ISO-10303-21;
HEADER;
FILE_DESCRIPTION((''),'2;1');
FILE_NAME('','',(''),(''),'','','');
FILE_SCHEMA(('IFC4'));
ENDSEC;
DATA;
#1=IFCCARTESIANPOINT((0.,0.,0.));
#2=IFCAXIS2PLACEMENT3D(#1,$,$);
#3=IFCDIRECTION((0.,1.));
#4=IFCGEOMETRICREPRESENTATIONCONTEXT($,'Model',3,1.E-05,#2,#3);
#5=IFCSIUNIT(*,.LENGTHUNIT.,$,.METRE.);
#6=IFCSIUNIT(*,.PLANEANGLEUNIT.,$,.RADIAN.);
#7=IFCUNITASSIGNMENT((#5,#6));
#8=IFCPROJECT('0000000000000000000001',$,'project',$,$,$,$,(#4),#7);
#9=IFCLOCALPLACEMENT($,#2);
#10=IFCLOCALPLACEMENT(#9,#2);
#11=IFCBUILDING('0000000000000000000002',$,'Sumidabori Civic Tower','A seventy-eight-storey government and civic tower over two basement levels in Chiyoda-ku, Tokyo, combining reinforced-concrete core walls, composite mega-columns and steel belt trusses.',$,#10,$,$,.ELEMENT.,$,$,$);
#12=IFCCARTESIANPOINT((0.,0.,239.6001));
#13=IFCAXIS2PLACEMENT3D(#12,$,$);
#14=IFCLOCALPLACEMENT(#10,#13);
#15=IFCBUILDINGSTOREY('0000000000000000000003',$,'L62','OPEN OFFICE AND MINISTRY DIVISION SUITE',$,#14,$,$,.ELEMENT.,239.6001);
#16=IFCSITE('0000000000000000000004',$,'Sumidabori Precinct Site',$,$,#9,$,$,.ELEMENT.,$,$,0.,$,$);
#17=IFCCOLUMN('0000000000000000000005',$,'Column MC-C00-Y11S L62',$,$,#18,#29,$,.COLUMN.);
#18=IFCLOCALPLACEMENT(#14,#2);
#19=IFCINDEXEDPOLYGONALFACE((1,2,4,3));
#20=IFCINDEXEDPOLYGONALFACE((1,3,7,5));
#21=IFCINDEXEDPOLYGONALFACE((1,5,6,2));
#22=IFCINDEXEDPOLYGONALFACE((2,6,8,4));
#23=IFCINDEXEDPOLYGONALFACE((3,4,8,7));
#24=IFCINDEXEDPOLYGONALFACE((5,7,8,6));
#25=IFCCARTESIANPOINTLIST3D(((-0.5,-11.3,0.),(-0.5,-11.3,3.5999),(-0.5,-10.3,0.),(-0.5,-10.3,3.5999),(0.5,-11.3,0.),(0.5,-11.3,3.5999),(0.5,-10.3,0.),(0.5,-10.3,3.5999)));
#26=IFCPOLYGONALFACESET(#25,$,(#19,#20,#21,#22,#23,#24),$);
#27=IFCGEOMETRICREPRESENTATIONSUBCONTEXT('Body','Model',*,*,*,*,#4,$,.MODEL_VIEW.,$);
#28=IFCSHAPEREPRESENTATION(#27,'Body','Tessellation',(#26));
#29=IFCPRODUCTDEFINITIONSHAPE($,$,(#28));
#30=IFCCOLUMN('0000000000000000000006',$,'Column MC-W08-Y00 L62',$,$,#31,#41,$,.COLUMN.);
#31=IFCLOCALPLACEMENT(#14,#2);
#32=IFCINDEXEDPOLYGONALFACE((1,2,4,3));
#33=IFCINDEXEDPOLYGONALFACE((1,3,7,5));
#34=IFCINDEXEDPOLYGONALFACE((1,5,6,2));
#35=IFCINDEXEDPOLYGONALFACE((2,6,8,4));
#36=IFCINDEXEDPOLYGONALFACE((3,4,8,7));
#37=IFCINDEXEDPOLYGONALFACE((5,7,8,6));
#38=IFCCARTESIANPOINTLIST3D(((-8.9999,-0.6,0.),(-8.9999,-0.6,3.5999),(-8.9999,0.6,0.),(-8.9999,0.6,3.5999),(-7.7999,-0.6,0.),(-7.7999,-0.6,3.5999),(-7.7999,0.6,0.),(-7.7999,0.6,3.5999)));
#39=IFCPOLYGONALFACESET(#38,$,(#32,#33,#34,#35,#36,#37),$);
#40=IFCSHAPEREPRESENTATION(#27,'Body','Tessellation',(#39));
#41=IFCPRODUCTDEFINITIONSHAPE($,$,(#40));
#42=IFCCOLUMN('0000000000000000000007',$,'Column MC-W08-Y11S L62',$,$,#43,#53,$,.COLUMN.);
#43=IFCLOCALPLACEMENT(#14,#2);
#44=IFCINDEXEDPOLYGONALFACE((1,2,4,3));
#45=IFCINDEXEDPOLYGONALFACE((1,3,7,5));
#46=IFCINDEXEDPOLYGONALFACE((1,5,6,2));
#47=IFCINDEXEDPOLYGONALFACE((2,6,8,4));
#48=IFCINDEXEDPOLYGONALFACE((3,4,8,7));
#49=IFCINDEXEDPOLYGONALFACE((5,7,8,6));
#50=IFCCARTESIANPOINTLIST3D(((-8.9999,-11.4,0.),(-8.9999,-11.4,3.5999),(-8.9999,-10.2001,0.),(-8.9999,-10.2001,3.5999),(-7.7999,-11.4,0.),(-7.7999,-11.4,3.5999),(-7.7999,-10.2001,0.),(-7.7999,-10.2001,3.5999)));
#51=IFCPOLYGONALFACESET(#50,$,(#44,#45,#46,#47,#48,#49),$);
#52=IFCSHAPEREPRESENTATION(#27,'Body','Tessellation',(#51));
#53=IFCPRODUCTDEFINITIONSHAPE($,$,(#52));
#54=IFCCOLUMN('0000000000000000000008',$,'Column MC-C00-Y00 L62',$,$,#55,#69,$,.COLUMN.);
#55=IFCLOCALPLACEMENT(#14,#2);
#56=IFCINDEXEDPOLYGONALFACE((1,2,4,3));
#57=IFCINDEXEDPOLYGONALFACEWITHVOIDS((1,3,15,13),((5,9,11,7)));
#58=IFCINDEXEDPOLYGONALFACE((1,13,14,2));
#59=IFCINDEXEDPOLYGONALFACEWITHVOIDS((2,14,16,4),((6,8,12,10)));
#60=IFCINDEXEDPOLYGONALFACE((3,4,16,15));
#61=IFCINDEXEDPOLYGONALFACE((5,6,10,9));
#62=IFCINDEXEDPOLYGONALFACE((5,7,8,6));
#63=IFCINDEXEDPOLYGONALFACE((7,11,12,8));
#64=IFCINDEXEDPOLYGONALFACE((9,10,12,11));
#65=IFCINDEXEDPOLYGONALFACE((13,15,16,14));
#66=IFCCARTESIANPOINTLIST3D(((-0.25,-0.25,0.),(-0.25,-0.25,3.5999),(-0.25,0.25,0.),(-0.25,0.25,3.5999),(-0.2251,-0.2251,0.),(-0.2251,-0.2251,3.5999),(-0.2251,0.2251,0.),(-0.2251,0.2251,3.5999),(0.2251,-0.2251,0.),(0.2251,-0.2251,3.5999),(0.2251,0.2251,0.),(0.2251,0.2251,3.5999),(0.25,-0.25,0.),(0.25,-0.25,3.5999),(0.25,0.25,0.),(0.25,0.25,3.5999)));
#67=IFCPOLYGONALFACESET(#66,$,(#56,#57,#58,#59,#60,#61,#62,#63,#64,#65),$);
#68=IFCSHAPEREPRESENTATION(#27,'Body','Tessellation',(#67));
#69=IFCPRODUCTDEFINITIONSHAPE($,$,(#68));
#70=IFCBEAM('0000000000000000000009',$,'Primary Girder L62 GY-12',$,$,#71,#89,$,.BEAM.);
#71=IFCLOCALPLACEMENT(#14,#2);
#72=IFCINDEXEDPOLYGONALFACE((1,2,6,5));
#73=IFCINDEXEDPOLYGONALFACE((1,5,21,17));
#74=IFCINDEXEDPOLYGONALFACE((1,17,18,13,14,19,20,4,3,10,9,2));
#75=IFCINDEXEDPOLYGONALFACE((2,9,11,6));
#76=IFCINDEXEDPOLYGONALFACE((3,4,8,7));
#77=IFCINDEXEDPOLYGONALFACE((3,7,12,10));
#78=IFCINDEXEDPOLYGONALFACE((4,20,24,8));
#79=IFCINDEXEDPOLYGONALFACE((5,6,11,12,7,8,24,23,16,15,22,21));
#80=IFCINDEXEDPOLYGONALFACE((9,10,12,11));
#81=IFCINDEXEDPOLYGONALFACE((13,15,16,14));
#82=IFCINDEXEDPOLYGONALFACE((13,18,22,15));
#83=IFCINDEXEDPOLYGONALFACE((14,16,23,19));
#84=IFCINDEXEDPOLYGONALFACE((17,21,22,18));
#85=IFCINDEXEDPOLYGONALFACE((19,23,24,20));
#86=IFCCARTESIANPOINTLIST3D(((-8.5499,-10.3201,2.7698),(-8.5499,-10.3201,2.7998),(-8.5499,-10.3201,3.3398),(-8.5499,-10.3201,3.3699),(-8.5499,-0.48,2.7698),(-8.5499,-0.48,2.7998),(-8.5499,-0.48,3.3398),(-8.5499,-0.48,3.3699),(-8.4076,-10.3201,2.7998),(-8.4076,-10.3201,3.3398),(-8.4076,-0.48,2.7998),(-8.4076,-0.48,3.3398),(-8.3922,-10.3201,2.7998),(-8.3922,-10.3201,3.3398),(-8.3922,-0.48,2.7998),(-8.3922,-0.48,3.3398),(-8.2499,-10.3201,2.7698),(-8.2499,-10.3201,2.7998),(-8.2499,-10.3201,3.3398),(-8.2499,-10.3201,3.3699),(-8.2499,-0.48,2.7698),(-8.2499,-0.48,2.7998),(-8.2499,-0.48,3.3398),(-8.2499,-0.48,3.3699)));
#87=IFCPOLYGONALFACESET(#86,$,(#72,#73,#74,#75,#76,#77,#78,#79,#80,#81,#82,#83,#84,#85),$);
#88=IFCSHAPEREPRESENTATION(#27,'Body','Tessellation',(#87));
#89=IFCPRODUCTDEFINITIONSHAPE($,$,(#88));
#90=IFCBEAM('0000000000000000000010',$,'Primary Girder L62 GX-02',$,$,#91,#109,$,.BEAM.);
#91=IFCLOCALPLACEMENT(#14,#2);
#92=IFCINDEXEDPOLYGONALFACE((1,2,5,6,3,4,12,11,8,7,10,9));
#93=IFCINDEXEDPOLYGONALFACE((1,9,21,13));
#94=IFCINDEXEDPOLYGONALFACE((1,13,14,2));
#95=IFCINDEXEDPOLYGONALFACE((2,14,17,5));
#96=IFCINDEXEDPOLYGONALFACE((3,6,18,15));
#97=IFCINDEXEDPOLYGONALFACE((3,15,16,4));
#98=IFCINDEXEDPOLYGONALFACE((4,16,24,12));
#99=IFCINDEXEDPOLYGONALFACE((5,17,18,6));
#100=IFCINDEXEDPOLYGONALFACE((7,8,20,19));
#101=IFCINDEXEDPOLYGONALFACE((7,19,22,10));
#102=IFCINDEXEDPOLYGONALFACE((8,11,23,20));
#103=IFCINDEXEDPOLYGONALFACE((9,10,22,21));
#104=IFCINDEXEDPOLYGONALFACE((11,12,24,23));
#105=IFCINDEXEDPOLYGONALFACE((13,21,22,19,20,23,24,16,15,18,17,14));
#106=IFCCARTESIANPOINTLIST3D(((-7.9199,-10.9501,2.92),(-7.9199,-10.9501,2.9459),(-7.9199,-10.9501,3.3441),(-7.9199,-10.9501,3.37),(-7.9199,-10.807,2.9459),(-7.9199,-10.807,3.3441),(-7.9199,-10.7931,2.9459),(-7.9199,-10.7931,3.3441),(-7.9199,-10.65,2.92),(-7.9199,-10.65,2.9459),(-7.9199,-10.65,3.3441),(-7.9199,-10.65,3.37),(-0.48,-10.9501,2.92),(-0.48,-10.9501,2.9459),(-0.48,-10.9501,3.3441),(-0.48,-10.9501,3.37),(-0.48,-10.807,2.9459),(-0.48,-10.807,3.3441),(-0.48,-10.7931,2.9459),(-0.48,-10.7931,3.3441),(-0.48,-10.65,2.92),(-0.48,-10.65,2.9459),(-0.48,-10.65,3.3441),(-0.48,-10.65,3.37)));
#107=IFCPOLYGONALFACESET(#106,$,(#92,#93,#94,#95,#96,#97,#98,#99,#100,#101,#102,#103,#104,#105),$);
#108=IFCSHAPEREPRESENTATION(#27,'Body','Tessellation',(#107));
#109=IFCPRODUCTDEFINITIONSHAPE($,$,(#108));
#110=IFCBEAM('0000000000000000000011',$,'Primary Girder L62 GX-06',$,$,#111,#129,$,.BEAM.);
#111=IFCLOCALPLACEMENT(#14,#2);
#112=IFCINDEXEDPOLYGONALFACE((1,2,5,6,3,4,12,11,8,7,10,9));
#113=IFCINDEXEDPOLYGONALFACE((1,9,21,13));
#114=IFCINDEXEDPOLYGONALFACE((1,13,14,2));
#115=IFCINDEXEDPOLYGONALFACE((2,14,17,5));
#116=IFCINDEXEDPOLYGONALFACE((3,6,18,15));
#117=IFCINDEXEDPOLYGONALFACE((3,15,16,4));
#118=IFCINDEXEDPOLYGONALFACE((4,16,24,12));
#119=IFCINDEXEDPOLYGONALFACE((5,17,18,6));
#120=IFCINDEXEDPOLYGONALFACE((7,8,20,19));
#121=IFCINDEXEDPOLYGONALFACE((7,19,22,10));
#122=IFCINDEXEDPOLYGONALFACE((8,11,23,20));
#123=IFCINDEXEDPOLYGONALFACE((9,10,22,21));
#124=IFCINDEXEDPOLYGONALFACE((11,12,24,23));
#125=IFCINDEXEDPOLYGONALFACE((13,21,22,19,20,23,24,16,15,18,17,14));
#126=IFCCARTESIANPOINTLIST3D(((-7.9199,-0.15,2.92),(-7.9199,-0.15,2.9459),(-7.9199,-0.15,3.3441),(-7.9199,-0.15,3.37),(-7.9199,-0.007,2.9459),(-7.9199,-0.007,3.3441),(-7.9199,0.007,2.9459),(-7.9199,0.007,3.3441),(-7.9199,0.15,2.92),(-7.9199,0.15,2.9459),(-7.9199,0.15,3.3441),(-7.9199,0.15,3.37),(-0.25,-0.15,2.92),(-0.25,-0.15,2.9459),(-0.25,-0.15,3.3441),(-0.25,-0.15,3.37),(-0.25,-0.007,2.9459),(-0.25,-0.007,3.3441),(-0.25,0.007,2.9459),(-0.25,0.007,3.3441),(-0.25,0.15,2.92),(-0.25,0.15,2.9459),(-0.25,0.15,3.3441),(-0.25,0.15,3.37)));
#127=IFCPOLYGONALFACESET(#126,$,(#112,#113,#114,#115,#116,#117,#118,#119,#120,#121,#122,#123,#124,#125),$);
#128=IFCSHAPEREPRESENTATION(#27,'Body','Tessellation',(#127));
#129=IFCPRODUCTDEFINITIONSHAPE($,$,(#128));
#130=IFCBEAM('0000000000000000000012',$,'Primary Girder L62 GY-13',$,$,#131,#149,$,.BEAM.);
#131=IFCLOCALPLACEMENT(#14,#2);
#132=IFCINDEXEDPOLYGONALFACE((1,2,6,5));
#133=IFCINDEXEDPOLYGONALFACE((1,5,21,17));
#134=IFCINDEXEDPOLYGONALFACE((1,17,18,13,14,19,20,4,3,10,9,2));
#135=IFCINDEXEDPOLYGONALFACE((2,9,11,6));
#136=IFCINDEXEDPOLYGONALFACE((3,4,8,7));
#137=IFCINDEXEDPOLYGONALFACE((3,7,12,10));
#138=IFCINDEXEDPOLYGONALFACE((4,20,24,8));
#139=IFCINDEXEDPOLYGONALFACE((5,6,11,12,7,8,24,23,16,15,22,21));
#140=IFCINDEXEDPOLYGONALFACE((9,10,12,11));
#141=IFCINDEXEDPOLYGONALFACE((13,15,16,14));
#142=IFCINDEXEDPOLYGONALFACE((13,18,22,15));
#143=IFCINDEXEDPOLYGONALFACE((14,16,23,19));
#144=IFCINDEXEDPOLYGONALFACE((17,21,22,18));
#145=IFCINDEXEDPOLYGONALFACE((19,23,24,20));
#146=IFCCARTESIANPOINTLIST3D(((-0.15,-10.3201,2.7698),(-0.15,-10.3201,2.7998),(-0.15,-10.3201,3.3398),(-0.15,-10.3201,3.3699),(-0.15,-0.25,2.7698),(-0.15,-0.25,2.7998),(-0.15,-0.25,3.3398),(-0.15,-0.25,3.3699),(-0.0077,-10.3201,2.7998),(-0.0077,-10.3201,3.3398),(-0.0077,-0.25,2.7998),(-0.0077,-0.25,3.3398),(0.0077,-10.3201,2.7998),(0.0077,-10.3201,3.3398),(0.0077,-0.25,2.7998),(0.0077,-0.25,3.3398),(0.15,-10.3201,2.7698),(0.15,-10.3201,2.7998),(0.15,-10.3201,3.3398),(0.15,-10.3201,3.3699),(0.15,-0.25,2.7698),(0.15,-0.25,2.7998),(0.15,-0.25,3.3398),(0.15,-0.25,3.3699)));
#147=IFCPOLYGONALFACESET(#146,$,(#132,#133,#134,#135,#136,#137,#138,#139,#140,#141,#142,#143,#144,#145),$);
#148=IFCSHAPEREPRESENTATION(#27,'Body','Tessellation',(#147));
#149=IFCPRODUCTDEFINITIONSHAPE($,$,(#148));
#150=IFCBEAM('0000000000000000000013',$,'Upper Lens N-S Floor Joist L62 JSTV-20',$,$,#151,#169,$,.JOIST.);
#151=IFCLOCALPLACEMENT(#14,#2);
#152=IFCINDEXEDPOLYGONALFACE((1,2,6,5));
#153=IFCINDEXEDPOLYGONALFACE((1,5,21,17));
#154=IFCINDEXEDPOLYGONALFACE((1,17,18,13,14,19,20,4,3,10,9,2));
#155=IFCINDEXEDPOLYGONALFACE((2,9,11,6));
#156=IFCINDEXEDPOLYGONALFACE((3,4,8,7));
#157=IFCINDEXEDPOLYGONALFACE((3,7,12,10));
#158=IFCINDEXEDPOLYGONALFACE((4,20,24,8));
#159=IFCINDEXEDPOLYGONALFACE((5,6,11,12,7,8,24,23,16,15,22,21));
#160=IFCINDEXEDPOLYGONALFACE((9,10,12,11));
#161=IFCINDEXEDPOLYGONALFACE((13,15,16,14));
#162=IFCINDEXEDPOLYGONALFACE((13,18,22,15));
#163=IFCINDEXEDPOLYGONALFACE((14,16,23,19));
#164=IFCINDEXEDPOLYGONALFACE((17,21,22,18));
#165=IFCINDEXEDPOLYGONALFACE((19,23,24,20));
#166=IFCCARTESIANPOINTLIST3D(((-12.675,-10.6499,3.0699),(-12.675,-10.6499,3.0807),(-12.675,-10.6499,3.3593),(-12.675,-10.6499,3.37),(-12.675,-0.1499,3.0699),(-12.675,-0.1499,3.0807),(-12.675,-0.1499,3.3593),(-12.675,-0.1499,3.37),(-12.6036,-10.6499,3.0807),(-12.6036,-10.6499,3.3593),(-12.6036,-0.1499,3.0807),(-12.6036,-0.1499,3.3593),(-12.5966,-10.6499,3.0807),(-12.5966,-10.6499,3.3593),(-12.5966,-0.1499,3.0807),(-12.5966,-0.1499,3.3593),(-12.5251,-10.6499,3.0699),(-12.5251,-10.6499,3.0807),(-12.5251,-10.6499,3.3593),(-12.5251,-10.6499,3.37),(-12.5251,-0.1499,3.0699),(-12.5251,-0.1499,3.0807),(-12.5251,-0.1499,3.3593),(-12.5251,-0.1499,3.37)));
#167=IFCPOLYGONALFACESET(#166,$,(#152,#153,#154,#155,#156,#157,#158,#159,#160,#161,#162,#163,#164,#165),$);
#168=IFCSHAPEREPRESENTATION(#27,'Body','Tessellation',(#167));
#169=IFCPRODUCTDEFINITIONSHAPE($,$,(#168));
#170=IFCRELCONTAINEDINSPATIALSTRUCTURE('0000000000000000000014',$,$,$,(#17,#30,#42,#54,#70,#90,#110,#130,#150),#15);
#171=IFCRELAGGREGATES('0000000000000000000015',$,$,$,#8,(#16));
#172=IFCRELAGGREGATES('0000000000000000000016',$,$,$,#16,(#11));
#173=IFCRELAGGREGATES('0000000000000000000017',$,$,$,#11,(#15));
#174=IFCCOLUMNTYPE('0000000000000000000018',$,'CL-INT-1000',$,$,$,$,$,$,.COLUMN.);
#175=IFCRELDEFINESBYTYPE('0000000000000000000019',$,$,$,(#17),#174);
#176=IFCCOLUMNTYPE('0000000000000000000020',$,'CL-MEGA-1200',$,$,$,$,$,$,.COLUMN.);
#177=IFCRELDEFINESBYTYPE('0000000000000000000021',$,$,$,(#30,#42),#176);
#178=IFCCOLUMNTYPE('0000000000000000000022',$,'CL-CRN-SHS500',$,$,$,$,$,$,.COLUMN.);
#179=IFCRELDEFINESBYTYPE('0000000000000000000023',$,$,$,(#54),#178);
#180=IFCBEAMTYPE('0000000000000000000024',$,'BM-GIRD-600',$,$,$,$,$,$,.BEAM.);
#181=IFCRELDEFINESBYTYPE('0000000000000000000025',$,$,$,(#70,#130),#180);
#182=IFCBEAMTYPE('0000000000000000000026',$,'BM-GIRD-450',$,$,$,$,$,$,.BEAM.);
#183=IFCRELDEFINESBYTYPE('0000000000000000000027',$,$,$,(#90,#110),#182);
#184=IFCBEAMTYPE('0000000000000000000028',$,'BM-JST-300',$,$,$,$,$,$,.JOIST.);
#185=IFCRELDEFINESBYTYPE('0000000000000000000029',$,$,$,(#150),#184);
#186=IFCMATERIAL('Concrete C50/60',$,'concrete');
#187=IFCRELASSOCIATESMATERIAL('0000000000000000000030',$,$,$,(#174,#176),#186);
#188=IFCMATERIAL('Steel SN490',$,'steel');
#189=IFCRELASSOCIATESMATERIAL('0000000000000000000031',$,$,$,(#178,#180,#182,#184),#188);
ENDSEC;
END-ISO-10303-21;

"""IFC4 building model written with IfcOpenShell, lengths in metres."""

from ifc_helpers import new_model, si_unit, direction, frame, origin, origin_with_axes, origin_2d, place, context, subcontext, project, spatial, rectangle, hollow_rectangle, i_section, extrude, source, transform, mapped, material, material_profile, profile_set, type_object, element, save


model = new_model("IFC4")

# Units and contexts
model_context = context("Model", 3, precision=1e-05, world=origin(), true_north=direction((0.0, 1.0)))
body_context = subcontext(model_context, "Body", "Model", "MODEL_VIEW")
ifc_project = project(units=[si_unit("LENGTHUNIT", "METRE"), si_unit("PLANEANGLEUNIT", "RADIAN")], contexts=[model_context])

# Site, building, storey
site_placement = place(None, origin())
site = spatial("IfcSite", under=ifc_project, at=site_placement, Name="Sumidabori Precinct Site", CompositionType="ELEMENT", RefElevation=0.0)
building_placement = place(site_placement, origin())
building = spatial("IfcBuilding", under=site, at=building_placement, Name="Sumidabori Civic Tower", Description="A seventy-eight-storey government and civic tower over two basement levels in Chiyoda-ku, Tokyo, combining reinforced-concrete core walls, composite mega-columns and steel belt trusses.", CompositionType="ELEMENT")
storey_placement = place(building_placement, frame((0.0, 0.0, 239.6001)))
storey = spatial("IfcBuildingStorey", under=building, at=storey_placement, Name="L62", Description="OPEN OFFICE AND MINISTRY DIVISION SUITE", CompositionType="ELEMENT", Elevation=239.6001)

# Columns
ifc_material_1 = material(Name="Concrete C50/60", Category="concrete")
ifc_material_profile_1 = material_profile(ifc_material_1, rectangle(XDim=1.0, YDim=1.0, at=origin_2d()), Name="RC 1000x1000")
ifc_profile_set_1 = profile_set([ifc_material_profile_1], Name="Concrete C50/60")
column_type_1 = type_object("IfcColumnType", Name="CL-INT-1000", PredefinedType="COLUMN", material=ifc_profile_set_1)
shared_shape_1 = source(origin(), body_context, "Body", "SweptSolid", [
    extrude(rectangle(XDim=1.0, YDim=1.0, at=origin_2d()), origin(), (0.0, 0.0, 1.0), 3.5999),
])
column_1_placement = place(storey_placement, frame((0.0, -10.8, 0.0), z_axis=(0.0, 0.0, 1.0), x_axis=(1.0, 0.0, 0.0)))
element("IfcColumn", 1, at=column_1_placement, inside=storey, type_object=column_type_1, Name="Column MC-C00-Y11S L62", PredefinedType="COLUMN", context=body_context, shape_type="MappedRepresentation", body=[
    mapped(shared_shape_1, transform((0.0, 0.0, 0.0), x_axis=(1.0, 0.0, 0.0), y_axis=(0.0, 1.0, 0.0), z_axis=(0.0, 0.0, 1.0), scale=1.0)),
])
ifc_material_profile_2 = material_profile(ifc_material_1, rectangle(XDim=1.2, YDim=1.2, at=origin_2d()), Name="RC 1200x1200")
ifc_profile_set_2 = profile_set([ifc_material_profile_2], Name="Concrete C50/60")
column_type_2 = type_object("IfcColumnType", Name="CL-MEGA-1200", PredefinedType="COLUMN", material=ifc_profile_set_2)
shared_shape_2 = source(origin(), body_context, "Body", "SweptSolid", [
    extrude(rectangle(XDim=1.2, YDim=1.2, at=origin_2d()), origin(), (0.0, 0.0, 1.0), 3.5999),
])
for number, where, z_axis, x_axis, name in (
    (2, (-8.3999, 0.0, 0.0), (0.0, 0.0, 1.0), (1.0, 0.0, 0.0), "Column MC-W08-Y00 L62"),
    (3, (-8.3999, -10.8, 0.0), (0.0, 0.0, 1.0), (1.0, 0.0, 0.0), "Column MC-W08-Y11S L62"),
):
    element("IfcColumn", number, at=place(storey_placement, frame(where, z_axis=z_axis, x_axis=x_axis)), inside=storey, type_object=column_type_2, Name=name, PredefinedType="COLUMN", context=body_context, shape_type="MappedRepresentation", body=[
        mapped(shared_shape_2, transform((0.0, 0.0, 0.0), x_axis=(1.0, 0.0, 0.0), y_axis=(0.0, 1.0, 0.0), z_axis=(0.0, 0.0, 1.0), scale=1.0)),
    ])
ifc_material_2 = material(Name="Steel SN490", Category="steel")
ifc_material_profile_3 = material_profile(ifc_material_2, hollow_rectangle(XDim=0.5, YDim=0.5, WallThickness=0.0249, at=origin_2d()), Name="SHS 500x500x25")
ifc_profile_set_3 = profile_set([ifc_material_profile_3], Name="Steel SN490")
column_type_3 = type_object("IfcColumnType", Name="CL-CRN-SHS500", PredefinedType="COLUMN", material=ifc_profile_set_3)
shared_shape_3 = source(origin(), body_context, "Body", "SweptSolid", [
    extrude(hollow_rectangle(XDim=0.5, YDim=0.5, WallThickness=0.0249, at=origin_2d()), origin(), (0.0, 0.0, 1.0), 3.5999),
])
column_2_placement = place(storey_placement, origin_with_axes())
element("IfcColumn", 4, at=column_2_placement, inside=storey, type_object=column_type_3, Name="Column MC-C00-Y00 L62", PredefinedType="COLUMN", context=body_context, shape_type="MappedRepresentation", body=[
    mapped(shared_shape_3, transform((0.0, 0.0, 0.0), x_axis=(1.0, 0.0, 0.0), y_axis=(0.0, 1.0, 0.0), z_axis=(0.0, 0.0, 1.0), scale=1.0)),
])

# Beams
ifc_material_profile_4 = material_profile(ifc_material_2, i_section(OverallWidth=0.3, OverallDepth=0.6001, WebThickness=0.0154, FlangeThickness=0.03, at=origin_2d()), Name="HE 600 B")
ifc_profile_set_4 = profile_set([ifc_material_profile_4], Name="Steel SN490")
beam_type_1 = type_object("IfcBeamType", Name="BM-GIRD-600", PredefinedType="BEAM", material=ifc_profile_set_4)
shared_shape_4 = source(origin(), body_context, "Body", "SweptSolid", [
    extrude(i_section(OverallWidth=0.3, OverallDepth=0.6001, WebThickness=0.0154, FlangeThickness=0.03, at=origin_2d()), origin(), (0.0, 0.0, 1.0), 9.8401),
])
beam_1_placement = place(storey_placement, frame((-8.3999, -10.3201, 3.0698), z_axis=(0.0, 1.0, 0.0), x_axis=(-1.0, 0.0, 0.0)))
element("IfcBeam", 5, at=beam_1_placement, inside=storey, type_object=beam_type_1, Name="Primary Girder L62 GY-12", PredefinedType="BEAM", context=body_context, shape_type="MappedRepresentation", body=[
    mapped(shared_shape_4, transform((0.0, 0.0, 0.0), x_axis=(1.0, 0.0, 0.0), y_axis=(0.0, 1.0, 0.0), z_axis=(0.0, 0.0, 1.0), scale=1.0)),
])
ifc_material_profile_5 = material_profile(ifc_material_2, i_section(OverallWidth=0.3, OverallDepth=0.45, WebThickness=0.0139, FlangeThickness=0.0259, at=origin_2d()), Name="HE 450 B")
ifc_profile_set_5 = profile_set([ifc_material_profile_5], Name="Steel SN490")
beam_type_2 = type_object("IfcBeamType", Name="BM-GIRD-450", PredefinedType="BEAM", material=ifc_profile_set_5)
shared_shape_5 = source(origin(), body_context, "Body", "SweptSolid", [
    extrude(i_section(OverallWidth=0.3, OverallDepth=0.45, WebThickness=0.0139, FlangeThickness=0.0259, at=origin_2d()), origin(), (0.0, 0.0, 1.0), 7.4399),
])
beam_2_placement = place(storey_placement, frame((-7.9199, -10.8, 3.145), z_axis=(1.0, 0.0, 0.0), x_axis=(0.0, 1.0, 0.0)))
element("IfcBeam", 6, at=beam_2_placement, inside=storey, type_object=beam_type_2, Name="Primary Girder L62 GX-02", PredefinedType="BEAM", context=body_context, shape_type="MappedRepresentation", body=[
    mapped(shared_shape_5, transform((0.0, 0.0, 0.0), x_axis=(1.0, 0.0, 0.0), y_axis=(0.0, 1.0, 0.0), z_axis=(0.0, 0.0, 1.0), scale=1.0)),
])
shared_shape_6 = source(origin(), body_context, "Body", "SweptSolid", [
    extrude(i_section(OverallWidth=0.3, OverallDepth=0.45, WebThickness=0.0139, FlangeThickness=0.0259, at=origin_2d()), origin(), (0.0, 0.0, 1.0), 7.6699),
])
beam_3_placement = place(storey_placement, frame((-7.9199, 0.0, 3.145), z_axis=(1.0, 0.0, 0.0), x_axis=(0.0, 1.0, 0.0)))
element("IfcBeam", 7, at=beam_3_placement, inside=storey, type_object=beam_type_2, Name="Primary Girder L62 GX-06", PredefinedType="BEAM", context=body_context, shape_type="MappedRepresentation", body=[
    mapped(shared_shape_6, transform((0.0, 0.0, 0.0), x_axis=(1.0, 0.0, 0.0), y_axis=(0.0, 1.0, 0.0), z_axis=(0.0, 0.0, 1.0), scale=1.0)),
])
shared_shape_7 = source(origin(), body_context, "Body", "SweptSolid", [
    extrude(i_section(OverallWidth=0.3, OverallDepth=0.6001, WebThickness=0.0154, FlangeThickness=0.03, at=origin_2d()), origin(), (0.0, 0.0, 1.0), 10.0701),
])
beam_4_placement = place(storey_placement, frame((0.0, -10.3201, 3.0698), z_axis=(0.0, 1.0, 0.0), x_axis=(-1.0, 0.0, 0.0)))
element("IfcBeam", 8, at=beam_4_placement, inside=storey, type_object=beam_type_1, Name="Primary Girder L62 GY-13", PredefinedType="BEAM", context=body_context, shape_type="MappedRepresentation", body=[
    mapped(shared_shape_7, transform((0.0, 0.0, 0.0), x_axis=(1.0, 0.0, 0.0), y_axis=(0.0, 1.0, 0.0), z_axis=(0.0, 0.0, 1.0), scale=1.0)),
])
ifc_material_profile_6 = material_profile(ifc_material_2, i_section(OverallWidth=0.1499, OverallDepth=0.3, WebThickness=0.0071, FlangeThickness=0.0107, at=origin_2d()), Name="IPE 300")
ifc_profile_set_6 = profile_set([ifc_material_profile_6], Name="Steel SN490")
beam_type_3 = type_object("IfcBeamType", Name="BM-JST-300", PredefinedType="JOIST", material=ifc_profile_set_6)
shared_shape_8 = source(origin(), body_context, "Body", "SweptSolid", [
    extrude(i_section(OverallWidth=0.1499, OverallDepth=0.3, WebThickness=0.0071, FlangeThickness=0.0107, at=origin_2d()), origin(), (0.0, 0.0, 1.0), 10.5),
])
for number, where, z_axis, x_axis, name in (
    (9, (-12.6001, -10.6499, 3.22), (0.0, 1.0, 0.0), (-1.0, 0.0, 0.0), "Upper Lens N-S Floor Joist L62 JSTV-20"),
):
    element("IfcBeam", number, at=place(storey_placement, frame(where, z_axis=z_axis, x_axis=x_axis)), inside=storey, type_object=beam_type_3, Name=name, PredefinedType="JOIST", context=body_context, shape_type="MappedRepresentation", body=[
        mapped(shared_shape_8, transform((0.0, 0.0, 0.0), x_axis=(1.0, 0.0, 0.0), y_axis=(0.0, 1.0, 0.0), z_axis=(0.0, 0.0, 1.0), scale=1.0)),
    ])

save(model, "model.ifc")
